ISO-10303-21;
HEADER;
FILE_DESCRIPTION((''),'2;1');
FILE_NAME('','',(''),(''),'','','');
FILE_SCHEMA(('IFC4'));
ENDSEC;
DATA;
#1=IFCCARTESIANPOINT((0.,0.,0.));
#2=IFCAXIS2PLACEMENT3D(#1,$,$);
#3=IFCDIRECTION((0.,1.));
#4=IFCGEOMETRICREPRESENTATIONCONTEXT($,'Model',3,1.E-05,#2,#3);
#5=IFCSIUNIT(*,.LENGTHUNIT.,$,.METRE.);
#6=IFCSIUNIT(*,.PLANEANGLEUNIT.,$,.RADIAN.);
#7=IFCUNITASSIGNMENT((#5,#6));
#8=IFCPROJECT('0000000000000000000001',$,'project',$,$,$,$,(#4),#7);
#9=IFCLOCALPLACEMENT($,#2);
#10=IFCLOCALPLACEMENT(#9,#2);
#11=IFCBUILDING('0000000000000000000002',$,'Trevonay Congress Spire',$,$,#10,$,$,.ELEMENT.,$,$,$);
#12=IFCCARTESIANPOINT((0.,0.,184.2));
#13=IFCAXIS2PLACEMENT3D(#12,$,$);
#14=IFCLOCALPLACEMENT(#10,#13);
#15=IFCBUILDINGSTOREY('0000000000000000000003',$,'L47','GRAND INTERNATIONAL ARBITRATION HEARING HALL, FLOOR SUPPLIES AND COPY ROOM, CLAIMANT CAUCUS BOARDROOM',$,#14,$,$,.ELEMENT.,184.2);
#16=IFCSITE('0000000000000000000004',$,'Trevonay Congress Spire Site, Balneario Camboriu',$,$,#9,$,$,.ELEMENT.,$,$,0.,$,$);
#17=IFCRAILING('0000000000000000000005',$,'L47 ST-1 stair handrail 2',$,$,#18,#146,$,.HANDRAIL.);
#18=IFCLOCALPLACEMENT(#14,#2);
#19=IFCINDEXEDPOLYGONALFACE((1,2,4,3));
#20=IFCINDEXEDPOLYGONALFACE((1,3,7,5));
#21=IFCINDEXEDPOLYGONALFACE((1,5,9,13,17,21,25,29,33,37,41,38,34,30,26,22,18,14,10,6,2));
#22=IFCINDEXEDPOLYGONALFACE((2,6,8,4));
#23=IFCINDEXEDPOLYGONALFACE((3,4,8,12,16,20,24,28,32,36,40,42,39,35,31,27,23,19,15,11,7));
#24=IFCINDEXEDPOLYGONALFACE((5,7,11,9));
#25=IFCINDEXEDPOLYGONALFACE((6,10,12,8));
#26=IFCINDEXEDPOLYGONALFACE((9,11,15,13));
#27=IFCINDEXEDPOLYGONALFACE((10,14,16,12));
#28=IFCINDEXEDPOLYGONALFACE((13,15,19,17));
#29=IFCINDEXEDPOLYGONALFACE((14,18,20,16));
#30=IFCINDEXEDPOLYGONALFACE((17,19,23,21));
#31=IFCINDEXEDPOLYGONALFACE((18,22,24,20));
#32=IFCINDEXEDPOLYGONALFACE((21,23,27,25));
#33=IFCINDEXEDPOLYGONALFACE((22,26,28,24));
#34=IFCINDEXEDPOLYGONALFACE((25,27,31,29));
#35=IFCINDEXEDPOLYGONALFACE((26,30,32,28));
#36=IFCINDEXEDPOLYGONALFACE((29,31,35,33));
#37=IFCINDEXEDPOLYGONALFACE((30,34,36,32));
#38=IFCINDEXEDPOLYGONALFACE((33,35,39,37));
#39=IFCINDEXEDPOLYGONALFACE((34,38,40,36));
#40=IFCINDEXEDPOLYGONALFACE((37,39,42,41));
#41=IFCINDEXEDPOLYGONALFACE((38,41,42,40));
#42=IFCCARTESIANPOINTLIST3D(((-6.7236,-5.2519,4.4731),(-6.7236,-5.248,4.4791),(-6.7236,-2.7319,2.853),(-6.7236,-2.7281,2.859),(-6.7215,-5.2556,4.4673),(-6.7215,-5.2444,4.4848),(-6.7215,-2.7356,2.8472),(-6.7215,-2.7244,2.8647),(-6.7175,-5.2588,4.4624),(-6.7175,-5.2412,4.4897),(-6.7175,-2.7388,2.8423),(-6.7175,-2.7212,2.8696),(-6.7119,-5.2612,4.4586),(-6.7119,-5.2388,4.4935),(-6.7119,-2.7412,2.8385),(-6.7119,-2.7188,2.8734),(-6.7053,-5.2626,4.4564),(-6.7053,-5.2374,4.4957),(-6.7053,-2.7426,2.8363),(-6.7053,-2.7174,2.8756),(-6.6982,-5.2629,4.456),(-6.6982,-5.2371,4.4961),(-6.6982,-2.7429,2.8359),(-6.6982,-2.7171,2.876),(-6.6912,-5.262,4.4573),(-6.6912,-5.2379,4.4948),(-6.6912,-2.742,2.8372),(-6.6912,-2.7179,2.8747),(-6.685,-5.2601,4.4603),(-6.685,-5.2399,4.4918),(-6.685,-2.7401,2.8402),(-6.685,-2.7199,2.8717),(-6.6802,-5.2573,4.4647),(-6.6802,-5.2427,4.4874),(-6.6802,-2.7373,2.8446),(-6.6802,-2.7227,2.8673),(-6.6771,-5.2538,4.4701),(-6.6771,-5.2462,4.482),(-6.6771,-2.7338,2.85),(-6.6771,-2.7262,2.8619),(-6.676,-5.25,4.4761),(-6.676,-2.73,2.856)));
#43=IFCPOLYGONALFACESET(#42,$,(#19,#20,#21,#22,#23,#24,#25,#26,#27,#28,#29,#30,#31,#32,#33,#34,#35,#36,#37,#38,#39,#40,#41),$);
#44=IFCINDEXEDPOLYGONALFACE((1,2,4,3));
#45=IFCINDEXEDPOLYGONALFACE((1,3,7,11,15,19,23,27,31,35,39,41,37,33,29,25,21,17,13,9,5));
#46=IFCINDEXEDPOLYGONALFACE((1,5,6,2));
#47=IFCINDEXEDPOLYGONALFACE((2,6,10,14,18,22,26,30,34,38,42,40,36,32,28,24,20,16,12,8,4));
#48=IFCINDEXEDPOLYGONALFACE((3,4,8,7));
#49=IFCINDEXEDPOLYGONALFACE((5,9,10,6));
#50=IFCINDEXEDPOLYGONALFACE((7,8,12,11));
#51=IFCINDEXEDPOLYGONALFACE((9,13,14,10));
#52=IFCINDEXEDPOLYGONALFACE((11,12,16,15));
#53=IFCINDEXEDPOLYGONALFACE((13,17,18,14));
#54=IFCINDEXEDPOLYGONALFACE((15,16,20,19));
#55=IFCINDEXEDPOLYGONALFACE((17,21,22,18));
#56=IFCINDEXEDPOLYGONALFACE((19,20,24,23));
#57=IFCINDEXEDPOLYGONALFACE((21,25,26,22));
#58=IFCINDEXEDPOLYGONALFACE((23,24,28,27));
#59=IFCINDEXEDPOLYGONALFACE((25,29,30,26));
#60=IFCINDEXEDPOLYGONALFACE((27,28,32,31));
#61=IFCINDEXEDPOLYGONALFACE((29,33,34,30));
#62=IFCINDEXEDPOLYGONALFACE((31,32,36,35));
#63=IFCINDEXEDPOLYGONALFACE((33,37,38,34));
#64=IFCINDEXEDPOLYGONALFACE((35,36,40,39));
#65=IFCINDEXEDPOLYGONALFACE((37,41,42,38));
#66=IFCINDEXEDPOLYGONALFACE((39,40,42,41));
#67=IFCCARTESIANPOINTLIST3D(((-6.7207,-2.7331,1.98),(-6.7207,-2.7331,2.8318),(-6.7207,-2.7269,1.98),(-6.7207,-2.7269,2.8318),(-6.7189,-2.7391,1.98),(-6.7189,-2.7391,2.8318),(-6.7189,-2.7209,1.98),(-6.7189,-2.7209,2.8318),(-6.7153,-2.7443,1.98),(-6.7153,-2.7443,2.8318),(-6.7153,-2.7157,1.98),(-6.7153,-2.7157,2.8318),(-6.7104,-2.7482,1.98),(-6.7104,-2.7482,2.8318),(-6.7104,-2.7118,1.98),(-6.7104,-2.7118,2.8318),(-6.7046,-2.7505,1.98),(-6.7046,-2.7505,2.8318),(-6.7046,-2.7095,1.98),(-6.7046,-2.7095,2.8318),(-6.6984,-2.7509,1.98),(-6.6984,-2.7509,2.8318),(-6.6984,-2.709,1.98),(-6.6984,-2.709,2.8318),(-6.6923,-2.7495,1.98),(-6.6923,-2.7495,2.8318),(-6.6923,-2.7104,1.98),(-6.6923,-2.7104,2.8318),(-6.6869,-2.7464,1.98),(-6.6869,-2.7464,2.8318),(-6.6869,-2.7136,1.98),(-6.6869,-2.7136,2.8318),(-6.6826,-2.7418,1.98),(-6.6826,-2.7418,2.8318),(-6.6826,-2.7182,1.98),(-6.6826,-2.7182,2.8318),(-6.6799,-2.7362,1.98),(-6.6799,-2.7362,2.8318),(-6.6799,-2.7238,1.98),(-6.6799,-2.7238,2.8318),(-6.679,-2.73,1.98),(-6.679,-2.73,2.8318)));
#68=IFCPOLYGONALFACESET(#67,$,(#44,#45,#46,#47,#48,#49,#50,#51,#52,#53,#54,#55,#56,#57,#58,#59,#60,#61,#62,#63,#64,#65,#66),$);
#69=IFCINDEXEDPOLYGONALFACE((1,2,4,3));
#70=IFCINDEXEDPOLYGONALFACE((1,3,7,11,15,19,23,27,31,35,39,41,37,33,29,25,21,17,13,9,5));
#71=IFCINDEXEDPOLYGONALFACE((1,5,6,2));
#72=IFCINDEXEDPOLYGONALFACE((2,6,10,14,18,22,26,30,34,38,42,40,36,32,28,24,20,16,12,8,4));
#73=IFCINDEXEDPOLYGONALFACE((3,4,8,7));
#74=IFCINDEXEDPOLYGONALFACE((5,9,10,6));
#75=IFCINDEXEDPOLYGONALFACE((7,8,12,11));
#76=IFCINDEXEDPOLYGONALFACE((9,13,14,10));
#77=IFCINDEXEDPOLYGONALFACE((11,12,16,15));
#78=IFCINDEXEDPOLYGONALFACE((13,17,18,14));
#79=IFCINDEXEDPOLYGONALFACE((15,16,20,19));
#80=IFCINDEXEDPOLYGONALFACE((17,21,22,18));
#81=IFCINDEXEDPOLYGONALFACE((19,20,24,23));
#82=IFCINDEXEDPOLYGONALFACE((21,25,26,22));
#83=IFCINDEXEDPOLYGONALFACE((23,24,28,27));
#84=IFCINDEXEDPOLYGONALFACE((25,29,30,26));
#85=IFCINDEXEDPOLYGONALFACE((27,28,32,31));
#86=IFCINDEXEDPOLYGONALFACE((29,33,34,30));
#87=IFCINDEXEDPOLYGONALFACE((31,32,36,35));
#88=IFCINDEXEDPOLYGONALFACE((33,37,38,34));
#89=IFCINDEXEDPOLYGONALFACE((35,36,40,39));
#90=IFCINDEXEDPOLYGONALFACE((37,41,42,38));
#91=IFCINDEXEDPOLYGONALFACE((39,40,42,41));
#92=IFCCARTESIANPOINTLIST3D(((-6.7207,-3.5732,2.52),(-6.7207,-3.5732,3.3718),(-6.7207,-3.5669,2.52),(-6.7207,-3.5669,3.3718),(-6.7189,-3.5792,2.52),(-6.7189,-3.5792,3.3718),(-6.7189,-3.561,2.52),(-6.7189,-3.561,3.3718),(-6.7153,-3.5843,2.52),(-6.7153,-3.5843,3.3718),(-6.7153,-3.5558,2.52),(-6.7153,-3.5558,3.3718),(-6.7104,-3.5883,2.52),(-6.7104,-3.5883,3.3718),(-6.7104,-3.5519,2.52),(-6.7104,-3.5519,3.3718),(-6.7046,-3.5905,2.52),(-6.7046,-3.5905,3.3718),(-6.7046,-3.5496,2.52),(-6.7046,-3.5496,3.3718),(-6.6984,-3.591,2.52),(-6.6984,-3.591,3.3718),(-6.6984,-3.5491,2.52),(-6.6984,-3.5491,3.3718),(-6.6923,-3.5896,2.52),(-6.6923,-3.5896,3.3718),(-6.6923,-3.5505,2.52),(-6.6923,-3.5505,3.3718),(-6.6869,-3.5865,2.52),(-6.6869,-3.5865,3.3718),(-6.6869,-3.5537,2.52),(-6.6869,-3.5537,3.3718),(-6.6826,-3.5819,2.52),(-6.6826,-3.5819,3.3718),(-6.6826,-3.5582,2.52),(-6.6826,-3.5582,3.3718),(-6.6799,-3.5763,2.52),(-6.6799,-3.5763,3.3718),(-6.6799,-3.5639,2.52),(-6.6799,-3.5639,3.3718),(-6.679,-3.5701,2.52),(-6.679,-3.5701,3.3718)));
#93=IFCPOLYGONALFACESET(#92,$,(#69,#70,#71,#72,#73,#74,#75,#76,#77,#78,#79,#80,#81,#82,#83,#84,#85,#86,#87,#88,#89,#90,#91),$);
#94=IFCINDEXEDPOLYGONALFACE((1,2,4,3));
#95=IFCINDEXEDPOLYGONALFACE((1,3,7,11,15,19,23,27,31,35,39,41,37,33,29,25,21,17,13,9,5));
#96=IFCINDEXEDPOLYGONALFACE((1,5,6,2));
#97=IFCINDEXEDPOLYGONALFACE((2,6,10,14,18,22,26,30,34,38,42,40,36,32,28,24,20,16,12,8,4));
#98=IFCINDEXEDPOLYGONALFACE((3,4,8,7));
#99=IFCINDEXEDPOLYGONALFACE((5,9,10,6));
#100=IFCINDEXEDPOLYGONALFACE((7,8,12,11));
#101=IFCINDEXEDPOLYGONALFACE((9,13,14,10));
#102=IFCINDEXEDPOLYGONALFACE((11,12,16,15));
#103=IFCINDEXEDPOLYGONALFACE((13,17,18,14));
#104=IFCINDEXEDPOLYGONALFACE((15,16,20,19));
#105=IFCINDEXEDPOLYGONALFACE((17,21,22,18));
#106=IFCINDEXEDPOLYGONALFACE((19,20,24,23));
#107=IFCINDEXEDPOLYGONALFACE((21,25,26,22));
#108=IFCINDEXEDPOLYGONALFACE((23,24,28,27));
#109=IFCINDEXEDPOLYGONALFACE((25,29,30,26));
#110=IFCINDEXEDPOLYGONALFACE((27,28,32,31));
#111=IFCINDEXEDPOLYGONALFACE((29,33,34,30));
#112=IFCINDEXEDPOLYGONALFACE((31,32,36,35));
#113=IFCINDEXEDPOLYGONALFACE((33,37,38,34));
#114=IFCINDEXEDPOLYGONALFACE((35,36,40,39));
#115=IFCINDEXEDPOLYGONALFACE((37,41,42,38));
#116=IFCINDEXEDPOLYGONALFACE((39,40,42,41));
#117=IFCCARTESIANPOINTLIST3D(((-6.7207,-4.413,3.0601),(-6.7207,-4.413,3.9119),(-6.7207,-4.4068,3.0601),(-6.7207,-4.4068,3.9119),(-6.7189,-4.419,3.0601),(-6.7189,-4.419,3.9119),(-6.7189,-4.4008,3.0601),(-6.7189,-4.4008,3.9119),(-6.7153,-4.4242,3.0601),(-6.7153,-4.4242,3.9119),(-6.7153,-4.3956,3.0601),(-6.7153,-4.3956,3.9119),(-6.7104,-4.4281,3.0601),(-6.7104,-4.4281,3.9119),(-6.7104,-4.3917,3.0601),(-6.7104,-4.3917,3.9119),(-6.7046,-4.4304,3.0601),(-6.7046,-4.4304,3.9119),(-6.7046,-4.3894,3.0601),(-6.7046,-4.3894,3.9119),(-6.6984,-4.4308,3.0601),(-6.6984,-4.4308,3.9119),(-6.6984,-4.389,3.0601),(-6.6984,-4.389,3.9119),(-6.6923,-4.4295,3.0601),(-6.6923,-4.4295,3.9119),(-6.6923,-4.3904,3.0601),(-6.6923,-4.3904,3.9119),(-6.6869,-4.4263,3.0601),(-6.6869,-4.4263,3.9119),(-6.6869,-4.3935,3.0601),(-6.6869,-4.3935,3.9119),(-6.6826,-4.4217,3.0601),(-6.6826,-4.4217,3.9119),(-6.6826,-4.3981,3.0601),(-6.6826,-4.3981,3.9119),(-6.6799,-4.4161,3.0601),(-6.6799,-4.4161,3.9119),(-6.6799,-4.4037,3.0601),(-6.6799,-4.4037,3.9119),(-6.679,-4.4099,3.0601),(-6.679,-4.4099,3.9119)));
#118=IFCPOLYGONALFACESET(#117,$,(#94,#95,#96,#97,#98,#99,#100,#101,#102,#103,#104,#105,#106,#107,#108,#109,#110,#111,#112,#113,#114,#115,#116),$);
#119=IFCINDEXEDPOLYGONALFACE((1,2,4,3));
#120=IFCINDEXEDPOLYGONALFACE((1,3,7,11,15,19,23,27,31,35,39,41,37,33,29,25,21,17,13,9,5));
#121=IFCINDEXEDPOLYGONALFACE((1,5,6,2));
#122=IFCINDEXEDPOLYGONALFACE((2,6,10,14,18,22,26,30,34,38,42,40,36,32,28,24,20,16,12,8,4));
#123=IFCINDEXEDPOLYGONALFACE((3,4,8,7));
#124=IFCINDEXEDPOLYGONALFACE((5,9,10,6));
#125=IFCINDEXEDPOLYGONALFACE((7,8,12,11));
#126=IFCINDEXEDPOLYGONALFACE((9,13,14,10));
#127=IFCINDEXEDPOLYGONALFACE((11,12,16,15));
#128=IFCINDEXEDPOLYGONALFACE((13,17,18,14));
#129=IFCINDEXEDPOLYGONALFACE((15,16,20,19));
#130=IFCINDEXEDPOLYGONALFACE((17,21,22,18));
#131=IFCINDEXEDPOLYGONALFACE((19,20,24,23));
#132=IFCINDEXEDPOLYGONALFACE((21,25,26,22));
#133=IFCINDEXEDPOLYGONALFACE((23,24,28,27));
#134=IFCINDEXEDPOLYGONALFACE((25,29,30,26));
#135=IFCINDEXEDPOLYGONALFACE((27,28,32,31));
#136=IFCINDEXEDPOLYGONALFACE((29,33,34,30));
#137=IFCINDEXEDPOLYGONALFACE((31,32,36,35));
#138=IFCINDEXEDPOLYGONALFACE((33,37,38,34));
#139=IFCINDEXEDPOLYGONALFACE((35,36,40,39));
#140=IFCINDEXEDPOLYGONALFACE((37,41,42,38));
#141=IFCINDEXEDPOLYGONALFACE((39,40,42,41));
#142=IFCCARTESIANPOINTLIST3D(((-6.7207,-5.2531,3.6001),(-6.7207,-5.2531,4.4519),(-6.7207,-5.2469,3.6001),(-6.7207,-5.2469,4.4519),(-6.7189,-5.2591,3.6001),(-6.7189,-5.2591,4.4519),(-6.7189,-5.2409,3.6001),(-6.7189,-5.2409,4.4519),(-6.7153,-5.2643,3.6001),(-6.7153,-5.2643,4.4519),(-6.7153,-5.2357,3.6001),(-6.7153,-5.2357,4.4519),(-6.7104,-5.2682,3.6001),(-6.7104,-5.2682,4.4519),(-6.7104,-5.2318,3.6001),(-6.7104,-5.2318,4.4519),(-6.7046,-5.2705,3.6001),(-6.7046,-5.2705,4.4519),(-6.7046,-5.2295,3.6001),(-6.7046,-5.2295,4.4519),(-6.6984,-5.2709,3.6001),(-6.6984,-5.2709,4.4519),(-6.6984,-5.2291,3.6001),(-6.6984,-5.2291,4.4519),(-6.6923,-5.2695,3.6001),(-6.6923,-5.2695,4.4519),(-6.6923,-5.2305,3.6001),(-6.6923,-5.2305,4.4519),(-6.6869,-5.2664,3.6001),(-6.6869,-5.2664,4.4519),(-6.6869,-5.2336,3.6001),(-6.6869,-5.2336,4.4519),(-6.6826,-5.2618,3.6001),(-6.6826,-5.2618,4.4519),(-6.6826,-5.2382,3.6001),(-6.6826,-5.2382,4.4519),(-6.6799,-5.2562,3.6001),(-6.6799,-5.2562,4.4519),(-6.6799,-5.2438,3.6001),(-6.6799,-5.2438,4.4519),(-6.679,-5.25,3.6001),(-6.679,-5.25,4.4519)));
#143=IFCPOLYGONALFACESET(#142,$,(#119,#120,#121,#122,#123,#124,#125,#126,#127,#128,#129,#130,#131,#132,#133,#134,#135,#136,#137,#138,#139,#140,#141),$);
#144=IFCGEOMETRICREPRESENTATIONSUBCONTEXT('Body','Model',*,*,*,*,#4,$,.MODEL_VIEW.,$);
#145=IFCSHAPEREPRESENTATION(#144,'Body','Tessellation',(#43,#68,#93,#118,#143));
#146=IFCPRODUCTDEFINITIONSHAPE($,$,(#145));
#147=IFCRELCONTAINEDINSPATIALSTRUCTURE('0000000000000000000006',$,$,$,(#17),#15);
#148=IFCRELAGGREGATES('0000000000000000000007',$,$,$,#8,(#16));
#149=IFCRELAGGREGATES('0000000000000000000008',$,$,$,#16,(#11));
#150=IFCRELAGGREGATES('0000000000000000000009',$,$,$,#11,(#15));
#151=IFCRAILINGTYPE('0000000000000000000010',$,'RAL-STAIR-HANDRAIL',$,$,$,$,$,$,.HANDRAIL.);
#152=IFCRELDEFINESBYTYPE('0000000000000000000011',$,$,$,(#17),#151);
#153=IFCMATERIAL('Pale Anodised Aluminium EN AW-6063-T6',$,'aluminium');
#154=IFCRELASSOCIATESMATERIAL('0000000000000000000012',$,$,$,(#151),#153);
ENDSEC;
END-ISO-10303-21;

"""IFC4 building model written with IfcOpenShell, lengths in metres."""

from ifc_helpers import new_model, si_unit, direction, frame, origin, origin_2d, place, context, subcontext, project, spatial, circle, extrude, material, type_object, element, save


model = new_model("IFC4")

# Units and contexts
model_context = context("Model", 3, precision=1e-05, world=origin(), true_north=direction((0.0, 1.0)))
body_context = subcontext(model_context, "Body", "Model", "MODEL_VIEW")
ifc_project = project(units=[si_unit("LENGTHUNIT", "METRE"), si_unit("PLANEANGLEUNIT", "RADIAN")], contexts=[model_context])

# Site, building, storey
site_placement = place(None, origin())
site = spatial("IfcSite", under=ifc_project, at=site_placement, Name="Trevonay Congress Spire Site, Balneario Camboriu", CompositionType="ELEMENT", RefElevation=0.0)
building_placement = place(site_placement, origin())
building = spatial("IfcBuilding", under=site, at=building_placement, Name="Trevonay Congress Spire", CompositionType="ELEMENT")
storey_placement = place(building_placement, frame((0.0, 0.0, 184.2)))
storey = spatial("IfcBuildingStorey", under=building, at=storey_placement, Name="L47", Description="GRAND INTERNATIONAL ARBITRATION HEARING HALL, FLOOR SUPPLIES AND COPY ROOM, CLAIMANT CAUCUS BOARDROOM", CompositionType="ELEMENT", Elevation=184.2)

# Shared definitions
ifc_material_1 = material(Name="Pale Anodised Aluminium EN AW-6063-T6", Category="aluminium")

# Railing
railing_type_1 = type_object("IfcRailingType", Name="RAL-STAIR-HANDRAIL", PredefinedType="HANDRAIL", material=ifc_material_1)
railing_1_placement = place(storey_placement, frame((-6.7, -2.73, 1.98)))
element("IfcRailing", 1, at=railing_1_placement, inside=storey, type_object=railing_type_1, Name="L47 ST-1 stair handrail 2", PredefinedType="HANDRAIL", context=body_context, shape_type="SweptSolid", body=[
    extrude(circle(Radius=0.0239, at=origin_2d()), frame((0.0, 0.0, 0.876), z_axis=(0.0, -0.841163, 0.540782), x_axis=(1.0, 0.0, 0.0)), (0.0, 0.0, 1.0), 2.9958),
    extrude(circle(Radius=0.021, at=origin_2d()), origin(), (0.0, 0.0, 1.0), 0.8518),
    extrude(circle(Radius=0.021, at=origin_2d()), frame((0.0, -0.8401, 0.54)), (0.0, 0.0, 1.0), 0.8518),
    extrude(circle(Radius=0.021, at=origin_2d()), frame((0.0, -1.6799, 1.0801)), (0.0, 0.0, 1.0), 0.8518),
    extrude(circle(Radius=0.021, at=origin_2d()), frame((0.0, -2.52, 1.6201)), (0.0, 0.0, 1.0), 0.8518),
])

save(model, "model.ifc")
